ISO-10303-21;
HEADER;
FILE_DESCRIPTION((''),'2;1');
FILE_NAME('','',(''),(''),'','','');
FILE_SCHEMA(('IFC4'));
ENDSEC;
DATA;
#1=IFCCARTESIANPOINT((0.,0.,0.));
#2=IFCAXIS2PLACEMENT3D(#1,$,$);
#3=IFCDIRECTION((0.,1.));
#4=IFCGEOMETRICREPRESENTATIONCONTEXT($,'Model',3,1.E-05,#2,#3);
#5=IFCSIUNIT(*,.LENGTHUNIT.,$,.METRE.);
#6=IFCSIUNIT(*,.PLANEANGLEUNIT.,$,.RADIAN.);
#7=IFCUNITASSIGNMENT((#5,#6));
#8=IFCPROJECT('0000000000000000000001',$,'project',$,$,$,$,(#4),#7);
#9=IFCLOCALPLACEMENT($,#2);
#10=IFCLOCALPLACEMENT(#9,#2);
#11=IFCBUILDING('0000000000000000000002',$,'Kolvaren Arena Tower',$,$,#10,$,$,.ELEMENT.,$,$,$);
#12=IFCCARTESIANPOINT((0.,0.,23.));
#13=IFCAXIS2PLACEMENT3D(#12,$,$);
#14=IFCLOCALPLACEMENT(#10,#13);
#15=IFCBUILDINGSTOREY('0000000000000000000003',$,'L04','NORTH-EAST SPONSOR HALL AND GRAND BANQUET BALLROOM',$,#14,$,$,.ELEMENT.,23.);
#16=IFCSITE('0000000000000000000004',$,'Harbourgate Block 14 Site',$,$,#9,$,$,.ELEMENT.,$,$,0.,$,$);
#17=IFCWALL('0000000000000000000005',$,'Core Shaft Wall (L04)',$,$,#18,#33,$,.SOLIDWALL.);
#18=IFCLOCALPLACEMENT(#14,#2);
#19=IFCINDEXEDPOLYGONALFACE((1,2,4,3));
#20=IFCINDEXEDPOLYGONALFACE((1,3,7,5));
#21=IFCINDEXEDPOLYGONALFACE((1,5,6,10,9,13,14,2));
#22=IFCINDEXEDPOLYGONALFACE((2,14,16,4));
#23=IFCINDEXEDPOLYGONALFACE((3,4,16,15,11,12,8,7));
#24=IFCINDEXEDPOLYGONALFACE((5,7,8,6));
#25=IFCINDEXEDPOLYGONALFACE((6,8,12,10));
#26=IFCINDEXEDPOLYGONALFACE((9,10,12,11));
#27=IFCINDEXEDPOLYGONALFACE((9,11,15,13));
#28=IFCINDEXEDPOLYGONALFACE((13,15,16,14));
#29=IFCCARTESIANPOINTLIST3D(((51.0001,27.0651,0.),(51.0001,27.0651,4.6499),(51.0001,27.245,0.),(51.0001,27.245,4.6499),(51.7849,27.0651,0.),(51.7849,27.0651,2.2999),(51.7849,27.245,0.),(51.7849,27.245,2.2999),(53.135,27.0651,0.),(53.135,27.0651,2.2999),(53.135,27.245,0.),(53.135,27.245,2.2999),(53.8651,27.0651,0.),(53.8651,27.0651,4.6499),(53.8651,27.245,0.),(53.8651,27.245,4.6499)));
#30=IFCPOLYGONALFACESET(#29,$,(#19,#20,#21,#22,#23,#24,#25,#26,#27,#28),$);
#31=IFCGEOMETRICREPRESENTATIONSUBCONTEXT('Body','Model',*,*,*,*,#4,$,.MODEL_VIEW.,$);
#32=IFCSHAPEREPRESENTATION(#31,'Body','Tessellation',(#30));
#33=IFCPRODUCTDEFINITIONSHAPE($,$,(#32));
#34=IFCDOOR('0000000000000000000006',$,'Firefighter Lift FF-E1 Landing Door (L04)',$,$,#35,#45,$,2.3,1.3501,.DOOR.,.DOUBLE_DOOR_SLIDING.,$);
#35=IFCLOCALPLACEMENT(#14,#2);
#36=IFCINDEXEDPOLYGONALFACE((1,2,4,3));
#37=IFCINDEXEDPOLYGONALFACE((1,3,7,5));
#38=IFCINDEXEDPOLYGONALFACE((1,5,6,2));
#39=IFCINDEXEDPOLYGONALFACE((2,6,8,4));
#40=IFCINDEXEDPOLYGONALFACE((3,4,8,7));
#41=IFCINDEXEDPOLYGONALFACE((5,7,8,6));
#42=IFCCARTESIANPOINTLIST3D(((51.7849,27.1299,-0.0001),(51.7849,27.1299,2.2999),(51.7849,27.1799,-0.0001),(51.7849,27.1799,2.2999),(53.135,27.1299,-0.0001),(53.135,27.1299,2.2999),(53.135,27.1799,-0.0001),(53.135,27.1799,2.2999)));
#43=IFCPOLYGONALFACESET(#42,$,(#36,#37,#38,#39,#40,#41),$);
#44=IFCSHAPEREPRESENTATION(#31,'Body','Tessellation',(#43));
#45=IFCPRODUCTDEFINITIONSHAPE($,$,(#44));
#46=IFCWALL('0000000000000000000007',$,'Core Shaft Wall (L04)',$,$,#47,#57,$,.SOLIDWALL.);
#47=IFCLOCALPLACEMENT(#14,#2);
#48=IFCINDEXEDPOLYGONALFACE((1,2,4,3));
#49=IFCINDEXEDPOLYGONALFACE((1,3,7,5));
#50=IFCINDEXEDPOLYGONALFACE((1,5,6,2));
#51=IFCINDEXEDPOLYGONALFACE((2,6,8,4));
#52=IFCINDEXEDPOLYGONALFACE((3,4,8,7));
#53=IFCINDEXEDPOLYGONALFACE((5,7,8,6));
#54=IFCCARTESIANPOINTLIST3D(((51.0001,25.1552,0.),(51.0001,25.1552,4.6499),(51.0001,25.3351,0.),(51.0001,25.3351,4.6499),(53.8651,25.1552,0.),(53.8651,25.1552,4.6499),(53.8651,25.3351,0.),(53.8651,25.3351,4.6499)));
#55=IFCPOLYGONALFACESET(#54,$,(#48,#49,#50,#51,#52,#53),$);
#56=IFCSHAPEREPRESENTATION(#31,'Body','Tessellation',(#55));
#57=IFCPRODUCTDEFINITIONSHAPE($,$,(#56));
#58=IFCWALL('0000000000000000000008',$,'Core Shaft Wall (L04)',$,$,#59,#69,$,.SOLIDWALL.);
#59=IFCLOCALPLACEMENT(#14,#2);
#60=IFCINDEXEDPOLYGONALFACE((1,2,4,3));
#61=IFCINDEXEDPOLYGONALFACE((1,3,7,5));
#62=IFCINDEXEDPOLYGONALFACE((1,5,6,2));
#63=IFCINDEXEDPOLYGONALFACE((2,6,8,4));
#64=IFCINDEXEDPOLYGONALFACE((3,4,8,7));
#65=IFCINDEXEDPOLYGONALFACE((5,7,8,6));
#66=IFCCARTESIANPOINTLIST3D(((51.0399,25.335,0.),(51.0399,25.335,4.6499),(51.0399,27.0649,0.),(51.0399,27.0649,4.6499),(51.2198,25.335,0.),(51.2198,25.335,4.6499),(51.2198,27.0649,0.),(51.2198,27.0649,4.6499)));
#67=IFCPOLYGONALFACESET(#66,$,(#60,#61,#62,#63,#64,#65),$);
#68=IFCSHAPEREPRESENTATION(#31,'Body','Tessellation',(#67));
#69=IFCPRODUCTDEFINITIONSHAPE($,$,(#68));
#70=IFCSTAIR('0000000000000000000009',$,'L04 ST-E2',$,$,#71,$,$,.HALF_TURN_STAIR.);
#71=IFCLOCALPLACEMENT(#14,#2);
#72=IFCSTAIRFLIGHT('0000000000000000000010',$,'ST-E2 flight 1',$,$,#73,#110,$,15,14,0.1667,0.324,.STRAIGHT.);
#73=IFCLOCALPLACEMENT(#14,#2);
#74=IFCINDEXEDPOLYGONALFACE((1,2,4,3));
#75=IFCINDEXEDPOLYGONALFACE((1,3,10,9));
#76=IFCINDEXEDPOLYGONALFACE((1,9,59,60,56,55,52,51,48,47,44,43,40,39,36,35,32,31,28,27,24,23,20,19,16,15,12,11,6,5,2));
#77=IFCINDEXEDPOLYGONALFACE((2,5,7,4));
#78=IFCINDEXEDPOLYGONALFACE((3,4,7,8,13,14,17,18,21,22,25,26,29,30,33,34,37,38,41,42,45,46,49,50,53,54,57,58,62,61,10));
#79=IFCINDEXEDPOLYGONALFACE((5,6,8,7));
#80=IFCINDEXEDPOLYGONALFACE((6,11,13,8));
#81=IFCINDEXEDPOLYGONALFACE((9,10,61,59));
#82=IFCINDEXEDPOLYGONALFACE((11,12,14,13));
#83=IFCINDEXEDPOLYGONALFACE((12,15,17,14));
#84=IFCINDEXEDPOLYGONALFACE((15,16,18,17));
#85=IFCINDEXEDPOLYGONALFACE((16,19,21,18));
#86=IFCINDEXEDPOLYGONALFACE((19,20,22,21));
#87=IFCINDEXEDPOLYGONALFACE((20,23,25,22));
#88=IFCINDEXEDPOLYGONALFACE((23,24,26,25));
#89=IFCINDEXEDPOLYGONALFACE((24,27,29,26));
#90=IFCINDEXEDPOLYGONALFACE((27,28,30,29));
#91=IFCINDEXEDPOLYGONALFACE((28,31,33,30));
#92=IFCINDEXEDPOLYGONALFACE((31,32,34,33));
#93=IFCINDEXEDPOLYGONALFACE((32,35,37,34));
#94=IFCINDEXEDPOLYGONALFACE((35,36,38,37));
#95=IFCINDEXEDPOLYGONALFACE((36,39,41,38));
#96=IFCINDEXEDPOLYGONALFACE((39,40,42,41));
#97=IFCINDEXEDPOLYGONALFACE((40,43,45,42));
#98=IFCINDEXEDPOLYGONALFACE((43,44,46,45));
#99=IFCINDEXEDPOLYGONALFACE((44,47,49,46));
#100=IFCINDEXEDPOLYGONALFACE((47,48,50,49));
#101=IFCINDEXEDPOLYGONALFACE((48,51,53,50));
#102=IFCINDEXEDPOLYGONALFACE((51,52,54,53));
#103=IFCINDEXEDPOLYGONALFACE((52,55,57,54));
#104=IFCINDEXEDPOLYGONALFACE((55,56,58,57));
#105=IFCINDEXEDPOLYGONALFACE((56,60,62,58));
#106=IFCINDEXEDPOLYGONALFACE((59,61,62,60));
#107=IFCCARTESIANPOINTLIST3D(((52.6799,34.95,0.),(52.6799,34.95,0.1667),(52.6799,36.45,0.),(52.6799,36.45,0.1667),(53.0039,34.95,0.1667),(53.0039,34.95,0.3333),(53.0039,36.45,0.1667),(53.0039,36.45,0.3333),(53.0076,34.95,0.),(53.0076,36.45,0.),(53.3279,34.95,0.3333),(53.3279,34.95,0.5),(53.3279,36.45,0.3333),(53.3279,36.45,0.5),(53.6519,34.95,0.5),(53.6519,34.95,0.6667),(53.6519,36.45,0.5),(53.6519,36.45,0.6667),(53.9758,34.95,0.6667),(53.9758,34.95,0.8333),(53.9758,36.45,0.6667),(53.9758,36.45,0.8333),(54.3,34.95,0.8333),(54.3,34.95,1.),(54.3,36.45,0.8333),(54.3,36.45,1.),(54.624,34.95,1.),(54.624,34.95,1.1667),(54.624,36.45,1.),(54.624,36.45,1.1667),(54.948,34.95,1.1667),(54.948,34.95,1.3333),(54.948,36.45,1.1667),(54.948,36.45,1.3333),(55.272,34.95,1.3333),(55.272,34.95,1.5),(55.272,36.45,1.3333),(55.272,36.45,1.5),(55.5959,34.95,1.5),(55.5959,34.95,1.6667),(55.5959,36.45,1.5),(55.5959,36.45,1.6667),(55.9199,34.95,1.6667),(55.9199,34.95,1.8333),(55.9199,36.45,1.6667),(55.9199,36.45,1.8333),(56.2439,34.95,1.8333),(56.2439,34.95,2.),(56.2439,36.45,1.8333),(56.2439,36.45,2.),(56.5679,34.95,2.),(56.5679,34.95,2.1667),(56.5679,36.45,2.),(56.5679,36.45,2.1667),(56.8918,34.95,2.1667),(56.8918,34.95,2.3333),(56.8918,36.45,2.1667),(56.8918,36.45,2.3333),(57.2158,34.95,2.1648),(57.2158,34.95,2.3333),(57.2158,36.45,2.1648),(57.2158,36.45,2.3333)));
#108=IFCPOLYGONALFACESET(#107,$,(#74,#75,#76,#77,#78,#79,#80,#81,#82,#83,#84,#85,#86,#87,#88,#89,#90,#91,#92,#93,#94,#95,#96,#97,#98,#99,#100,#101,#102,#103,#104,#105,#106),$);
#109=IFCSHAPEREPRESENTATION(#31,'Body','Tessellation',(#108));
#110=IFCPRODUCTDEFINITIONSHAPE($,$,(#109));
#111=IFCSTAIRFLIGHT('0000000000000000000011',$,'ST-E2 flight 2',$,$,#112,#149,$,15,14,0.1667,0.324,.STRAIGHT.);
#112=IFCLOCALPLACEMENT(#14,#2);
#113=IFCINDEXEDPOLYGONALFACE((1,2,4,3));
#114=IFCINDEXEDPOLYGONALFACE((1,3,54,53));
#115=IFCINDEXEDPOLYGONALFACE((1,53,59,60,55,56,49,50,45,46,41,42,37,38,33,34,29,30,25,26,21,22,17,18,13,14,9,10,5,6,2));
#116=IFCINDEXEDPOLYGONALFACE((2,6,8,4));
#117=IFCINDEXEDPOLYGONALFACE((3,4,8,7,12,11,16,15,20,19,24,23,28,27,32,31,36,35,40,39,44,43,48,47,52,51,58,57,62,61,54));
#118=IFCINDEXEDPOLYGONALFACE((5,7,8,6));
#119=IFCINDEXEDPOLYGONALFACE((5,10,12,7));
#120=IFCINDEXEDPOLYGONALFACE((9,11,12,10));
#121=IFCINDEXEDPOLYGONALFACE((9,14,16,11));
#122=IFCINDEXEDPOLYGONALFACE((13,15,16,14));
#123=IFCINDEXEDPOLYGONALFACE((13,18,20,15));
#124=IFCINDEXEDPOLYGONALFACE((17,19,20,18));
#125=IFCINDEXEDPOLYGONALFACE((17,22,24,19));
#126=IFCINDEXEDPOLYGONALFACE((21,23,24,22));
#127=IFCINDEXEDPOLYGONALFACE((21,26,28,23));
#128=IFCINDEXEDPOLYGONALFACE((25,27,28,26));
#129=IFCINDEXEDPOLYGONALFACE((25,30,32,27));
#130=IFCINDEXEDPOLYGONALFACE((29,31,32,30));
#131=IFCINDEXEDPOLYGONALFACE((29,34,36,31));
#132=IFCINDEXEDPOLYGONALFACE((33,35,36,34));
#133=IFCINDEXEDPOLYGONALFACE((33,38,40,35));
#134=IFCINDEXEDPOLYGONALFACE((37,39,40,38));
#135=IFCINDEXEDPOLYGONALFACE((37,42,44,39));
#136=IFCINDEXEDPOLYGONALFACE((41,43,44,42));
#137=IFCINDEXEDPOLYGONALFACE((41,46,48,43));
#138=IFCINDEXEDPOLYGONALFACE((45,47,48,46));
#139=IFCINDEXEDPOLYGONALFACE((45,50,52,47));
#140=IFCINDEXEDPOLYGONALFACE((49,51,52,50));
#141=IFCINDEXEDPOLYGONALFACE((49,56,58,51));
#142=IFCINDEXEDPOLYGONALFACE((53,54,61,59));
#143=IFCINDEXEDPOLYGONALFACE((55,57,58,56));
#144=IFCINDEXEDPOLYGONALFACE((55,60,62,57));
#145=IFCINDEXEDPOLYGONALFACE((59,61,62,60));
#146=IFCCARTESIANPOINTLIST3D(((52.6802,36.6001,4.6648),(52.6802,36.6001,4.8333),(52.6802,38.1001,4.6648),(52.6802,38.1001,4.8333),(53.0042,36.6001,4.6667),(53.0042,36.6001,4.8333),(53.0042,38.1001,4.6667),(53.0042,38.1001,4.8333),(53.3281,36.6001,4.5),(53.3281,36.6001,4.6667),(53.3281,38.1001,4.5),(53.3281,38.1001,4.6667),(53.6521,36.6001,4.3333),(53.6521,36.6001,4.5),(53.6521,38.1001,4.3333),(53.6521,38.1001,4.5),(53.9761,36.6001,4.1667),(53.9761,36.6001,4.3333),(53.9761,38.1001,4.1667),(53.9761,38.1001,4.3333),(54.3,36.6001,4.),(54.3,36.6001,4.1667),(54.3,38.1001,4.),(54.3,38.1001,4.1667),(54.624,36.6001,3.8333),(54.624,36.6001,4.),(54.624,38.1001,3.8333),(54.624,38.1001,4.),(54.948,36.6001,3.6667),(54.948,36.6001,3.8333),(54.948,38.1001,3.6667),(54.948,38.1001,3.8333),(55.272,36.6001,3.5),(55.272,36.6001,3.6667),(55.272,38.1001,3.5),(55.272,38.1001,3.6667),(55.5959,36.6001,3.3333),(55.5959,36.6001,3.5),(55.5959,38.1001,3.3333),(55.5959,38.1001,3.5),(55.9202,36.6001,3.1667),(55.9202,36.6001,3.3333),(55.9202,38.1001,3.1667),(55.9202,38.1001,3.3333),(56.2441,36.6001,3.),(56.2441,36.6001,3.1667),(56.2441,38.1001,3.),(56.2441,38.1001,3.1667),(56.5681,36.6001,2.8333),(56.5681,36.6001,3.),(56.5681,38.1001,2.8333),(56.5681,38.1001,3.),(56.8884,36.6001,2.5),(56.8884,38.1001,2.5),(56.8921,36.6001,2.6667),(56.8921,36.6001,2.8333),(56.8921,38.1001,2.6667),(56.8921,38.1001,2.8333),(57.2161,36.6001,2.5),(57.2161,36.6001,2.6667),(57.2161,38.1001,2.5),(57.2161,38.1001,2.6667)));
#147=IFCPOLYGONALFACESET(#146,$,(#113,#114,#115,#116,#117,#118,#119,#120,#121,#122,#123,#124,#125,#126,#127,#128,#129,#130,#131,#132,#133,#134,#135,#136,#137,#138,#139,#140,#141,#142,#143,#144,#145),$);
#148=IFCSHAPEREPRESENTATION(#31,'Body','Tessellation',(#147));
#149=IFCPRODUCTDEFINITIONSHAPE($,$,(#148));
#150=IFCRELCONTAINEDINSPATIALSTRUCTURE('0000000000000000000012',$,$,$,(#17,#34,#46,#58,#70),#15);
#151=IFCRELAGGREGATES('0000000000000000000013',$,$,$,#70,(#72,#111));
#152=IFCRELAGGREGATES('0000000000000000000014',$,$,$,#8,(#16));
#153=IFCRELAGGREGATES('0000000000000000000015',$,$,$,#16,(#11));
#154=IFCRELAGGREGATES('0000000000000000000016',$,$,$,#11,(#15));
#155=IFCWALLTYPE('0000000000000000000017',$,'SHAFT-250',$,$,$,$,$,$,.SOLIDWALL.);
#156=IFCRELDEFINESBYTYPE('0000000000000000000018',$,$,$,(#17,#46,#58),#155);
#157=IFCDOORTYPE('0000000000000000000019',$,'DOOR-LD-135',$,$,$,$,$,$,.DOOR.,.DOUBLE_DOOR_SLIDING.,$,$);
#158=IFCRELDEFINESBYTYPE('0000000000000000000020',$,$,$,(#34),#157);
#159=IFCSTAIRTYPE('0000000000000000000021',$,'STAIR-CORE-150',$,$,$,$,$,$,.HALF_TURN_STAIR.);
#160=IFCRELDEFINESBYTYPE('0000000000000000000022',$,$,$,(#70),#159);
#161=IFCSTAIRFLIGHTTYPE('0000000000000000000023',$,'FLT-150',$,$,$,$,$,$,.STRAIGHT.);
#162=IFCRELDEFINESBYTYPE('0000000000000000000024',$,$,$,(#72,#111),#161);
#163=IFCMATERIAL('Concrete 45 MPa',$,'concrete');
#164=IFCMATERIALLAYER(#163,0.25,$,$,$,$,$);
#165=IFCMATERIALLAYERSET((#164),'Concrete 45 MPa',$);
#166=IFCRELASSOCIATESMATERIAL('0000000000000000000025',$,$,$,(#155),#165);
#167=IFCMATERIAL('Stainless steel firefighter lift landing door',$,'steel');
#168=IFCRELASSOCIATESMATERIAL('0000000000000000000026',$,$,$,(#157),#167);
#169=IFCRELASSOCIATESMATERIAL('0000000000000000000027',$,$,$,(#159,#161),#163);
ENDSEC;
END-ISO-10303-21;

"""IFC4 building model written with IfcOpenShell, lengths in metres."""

from ifc_helpers import new_model, si_unit, direction, frame, frame_2d, origin, place, context, subcontext, project, spatial, polyline, rectangle, outline, extrude, material, layer, layer_set, type_object, element, fill, aggregate, save


model = new_model("IFC4")

# Units and contexts
model_context = context("Model", 3, precision=1e-05, world=origin(), true_north=direction((0.0, 1.0)))
body_context = subcontext(model_context, "Body", "Model", "MODEL_VIEW")
ifc_project = project(units=[si_unit("LENGTHUNIT", "METRE"), si_unit("PLANEANGLEUNIT", "RADIAN")], contexts=[model_context])

# Site, building, storey
site_placement = place(None, origin())
site = spatial("IfcSite", under=ifc_project, at=site_placement, Name="Harbourgate Block 14 Site", CompositionType="ELEMENT", RefElevation=0.0)
building_placement = place(site_placement, origin())
building = spatial("IfcBuilding", under=site, at=building_placement, Name="Kolvaren Arena Tower", CompositionType="ELEMENT")
storey_placement = place(building_placement, frame((0.0, 0.0, 23.0)))
storey = spatial("IfcBuildingStorey", under=building, at=storey_placement, Name="L04", Description="NORTH-EAST SPONSOR HALL AND GRAND BANQUET BALLROOM", CompositionType="ELEMENT", Elevation=23.0)

# Shared definitions
ifc_material_1 = material(Name="Concrete 45 MPa", Category="concrete")
ifc_layer = layer(ifc_material_1, 0.25)
ifc_layer_set = layer_set([ifc_layer], Name="Concrete 45 MPa")
wall_type = type_object("IfcWallType", Name="SHAFT-250", PredefinedType="SOLIDWALL", material=ifc_layer_set)

# Wall, opening, door
wall_1_placement = place(storey_placement, frame((51.0, 27.155, 0.0), z_axis=(0.0, 0.0, 1.0), x_axis=(1.0, 0.0, 0.0)))
wall_1 = element("IfcWall", 1, at=wall_1_placement, inside=storey, type_object=wall_type, Name="Core Shaft Wall (L04)", PredefinedType="SOLIDWALL", context=body_context, shape_type="SweptSolid", body=[
    extrude(rectangle(XDim=2.865, YDim=0.1799, at=frame_2d((1.4326, 0.0))), origin(), (0.0, 0.0, 1.0), 4.6499),
])
opening_placement = place(wall_1_placement, frame((0.7849, 0.0, 0.0)))
opening = element("IfcOpeningElement", 2, at=opening_placement, cuts=wall_1, PredefinedType="OPENING", context=body_context, shape_type="SweptSolid", body=[
    extrude(rectangle(XDim=1.3501, YDim=2.3, at=frame_2d((0.675, 1.1499))), frame((0.0, 0.0999, 0.0), z_axis=(0.0, -1.0, 0.0), x_axis=(1.0, 0.0, 0.0)), (0.0, 0.0, 1.0), 0.2),
])
ifc_material_2 = material(Name="Stainless steel firefighter lift landing door", Category="steel")
door_type = type_object("IfcDoorType", Name="DOOR-LD-135", OperationType="DOUBLE_DOOR_SLIDING", PredefinedType="DOOR", material=ifc_material_2)
door_placement = place(opening_placement, origin())
door = element("IfcDoor", 3, at=door_placement, inside=storey, type_object=door_type, Name="Firefighter Lift FF-E1 Landing Door (L04)", OperationType="DOUBLE_DOOR_SLIDING", OverallHeight=2.3, OverallWidth=1.3501, PredefinedType="DOOR", context=body_context, shape_type="SweptSolid", body=[
    extrude(rectangle(XDim=1.3501, YDim=2.3, at=frame_2d((0.675, 1.1499))), frame((0.0, 0.0249, 0.0), z_axis=(0.0, -1.0, 0.0), x_axis=(1.0, 0.0, 0.0)), (0.0, 0.0, 1.0), 0.05),
])
fill(opening, door)

# Walls
wall_2_placement = place(storey_placement, frame((51.0, 25.2451, 0.0), z_axis=(0.0, 0.0, 1.0), x_axis=(1.0, 0.0, 0.0)))
element("IfcWall", 4, at=wall_2_placement, inside=storey, type_object=wall_type, Name="Core Shaft Wall (L04)", PredefinedType="SOLIDWALL", context=body_context, shape_type="SweptSolid", body=[
    extrude(rectangle(XDim=2.865, YDim=0.1799, at=frame_2d((1.4326, 0.0))), origin(), (0.0, 0.0, 1.0), 4.6499),
])
wall_3_placement = place(storey_placement, frame((51.1299, 25.335, 0.0), z_axis=(0.0, 0.0, 1.0), x_axis=(0.0, 1.0, 0.0)))
element("IfcWall", 5, at=wall_3_placement, inside=storey, type_object=wall_type, Name="Core Shaft Wall (L04)", PredefinedType="SOLIDWALL", context=body_context, shape_type="SweptSolid", body=[
    extrude(rectangle(XDim=1.73, YDim=0.1799, at=frame_2d((0.865, 0.0))), origin(), (0.0, 0.0, 1.0), 4.6499),
])

# Stair, stair flights
stair_type_1 = type_object("IfcStairType", Name="STAIR-CORE-150", PredefinedType="HALF_TURN_STAIR", material=ifc_material_1)
stair_1_placement = place(storey_placement, origin())
stair_1 = element("IfcStair", 6, at=stair_1_placement, inside=storey, type_object=stair_type_1, Name="L04 ST-E2", PredefinedType="HALF_TURN_STAIR")
stair_flight_type_1 = type_object("IfcStairFlightType", Name="FLT-150", PredefinedType="STRAIGHT", material=ifc_material_1)
stair_flight_1_placement = place(storey_placement, frame((52.6799, 35.7, 0.0), z_axis=(0.0, 0.0, 1.0), x_axis=(1.0, 0.0, 0.0)))
stair_flight_1 = element("IfcStairFlight", 7, at=stair_flight_1_placement, type_object=stair_flight_type_1, Name="ST-E2 flight 1", NumberOfRisers=15, NumberOfTreads=14, PredefinedType="STRAIGHT", RiserHeight=0.1667, TreadLength=0.324, context=body_context, shape_type="SweptSolid", body=[
    extrude(outline(polyline([(0.0, 0.0), (0.0, 0.1667), (0.324, 0.1667), (0.324, 0.3333), (0.6479, 0.3333), (0.6479, 0.5), (0.9719, 0.5), (0.9719, 0.6667), (1.2959, 0.6667), (1.2959, 0.8333), (1.6201, 0.8333), (1.6201, 1.0), (1.9441, 1.0), (1.9441, 1.1667), (2.2681, 1.1667), (2.2681, 1.3333), (2.592, 1.3333), (2.592, 1.5), (2.916, 1.5), (2.916, 1.6667), (3.24, 1.6667), (3.24, 1.8333), (3.564, 1.8333), (3.564, 2.0), (3.8879, 2.0), (3.8879, 2.1667), (4.2119, 2.1667), (4.2119, 2.3333), (4.5359, 2.3333), (4.5359, 2.5), (4.5359, 2.1648), (0.3276, 0.0), (0.0, 0.0)])), frame((0.0, 0.75, 0.0), z_axis=(0.0, -1.0, 0.0), x_axis=(1.0, 0.0, 0.0)), (0.0, 0.0, 1.0), 1.5),
])
stair_flight_2_placement = place(storey_placement, frame((57.2161, 37.3501, 2.5), z_axis=(0.0, 0.0, 1.0), x_axis=(-1.0, 0.0, 0.0)))
stair_flight_2 = element("IfcStairFlight", 8, at=stair_flight_2_placement, type_object=stair_flight_type_1, Name="ST-E2 flight 2", NumberOfRisers=15, NumberOfTreads=14, PredefinedType="STRAIGHT", RiserHeight=0.1667, TreadLength=0.324, context=body_context, shape_type="SweptSolid", body=[
    extrude(outline(polyline([(0.0, 0.0), (0.0, 0.1667), (0.324, 0.1667), (0.324, 0.3333), (0.6479, 0.3333), (0.6479, 0.5), (0.9719, 0.5), (0.9719, 0.6667), (1.2959, 0.6667), (1.2959, 0.8333), (1.6201, 0.8333), (1.6201, 1.0), (1.9441, 1.0), (1.9441, 1.1667), (2.2681, 1.1667), (2.2681, 1.3333), (2.592, 1.3333), (2.592, 1.5), (2.916, 1.5), (2.916, 1.6667), (3.24, 1.6667), (3.24, 1.8333), (3.564, 1.8333), (3.564, 2.0), (3.8879, 2.0), (3.8879, 2.1667), (4.2119, 2.1667), (4.2119, 2.3333), (4.5359, 2.3333), (4.5359, 2.5), (4.5359, 2.1648), (0.3276, 0.0), (0.0, 0.0)])), frame((0.0, 0.75, 0.0), z_axis=(0.0, -1.0, 0.0), x_axis=(1.0, 0.0, 0.0)), (0.0, 0.0, 1.0), 1.5),
])
aggregate(stair_1, [stair_flight_1, stair_flight_2])

save(model, "model.ifc")
